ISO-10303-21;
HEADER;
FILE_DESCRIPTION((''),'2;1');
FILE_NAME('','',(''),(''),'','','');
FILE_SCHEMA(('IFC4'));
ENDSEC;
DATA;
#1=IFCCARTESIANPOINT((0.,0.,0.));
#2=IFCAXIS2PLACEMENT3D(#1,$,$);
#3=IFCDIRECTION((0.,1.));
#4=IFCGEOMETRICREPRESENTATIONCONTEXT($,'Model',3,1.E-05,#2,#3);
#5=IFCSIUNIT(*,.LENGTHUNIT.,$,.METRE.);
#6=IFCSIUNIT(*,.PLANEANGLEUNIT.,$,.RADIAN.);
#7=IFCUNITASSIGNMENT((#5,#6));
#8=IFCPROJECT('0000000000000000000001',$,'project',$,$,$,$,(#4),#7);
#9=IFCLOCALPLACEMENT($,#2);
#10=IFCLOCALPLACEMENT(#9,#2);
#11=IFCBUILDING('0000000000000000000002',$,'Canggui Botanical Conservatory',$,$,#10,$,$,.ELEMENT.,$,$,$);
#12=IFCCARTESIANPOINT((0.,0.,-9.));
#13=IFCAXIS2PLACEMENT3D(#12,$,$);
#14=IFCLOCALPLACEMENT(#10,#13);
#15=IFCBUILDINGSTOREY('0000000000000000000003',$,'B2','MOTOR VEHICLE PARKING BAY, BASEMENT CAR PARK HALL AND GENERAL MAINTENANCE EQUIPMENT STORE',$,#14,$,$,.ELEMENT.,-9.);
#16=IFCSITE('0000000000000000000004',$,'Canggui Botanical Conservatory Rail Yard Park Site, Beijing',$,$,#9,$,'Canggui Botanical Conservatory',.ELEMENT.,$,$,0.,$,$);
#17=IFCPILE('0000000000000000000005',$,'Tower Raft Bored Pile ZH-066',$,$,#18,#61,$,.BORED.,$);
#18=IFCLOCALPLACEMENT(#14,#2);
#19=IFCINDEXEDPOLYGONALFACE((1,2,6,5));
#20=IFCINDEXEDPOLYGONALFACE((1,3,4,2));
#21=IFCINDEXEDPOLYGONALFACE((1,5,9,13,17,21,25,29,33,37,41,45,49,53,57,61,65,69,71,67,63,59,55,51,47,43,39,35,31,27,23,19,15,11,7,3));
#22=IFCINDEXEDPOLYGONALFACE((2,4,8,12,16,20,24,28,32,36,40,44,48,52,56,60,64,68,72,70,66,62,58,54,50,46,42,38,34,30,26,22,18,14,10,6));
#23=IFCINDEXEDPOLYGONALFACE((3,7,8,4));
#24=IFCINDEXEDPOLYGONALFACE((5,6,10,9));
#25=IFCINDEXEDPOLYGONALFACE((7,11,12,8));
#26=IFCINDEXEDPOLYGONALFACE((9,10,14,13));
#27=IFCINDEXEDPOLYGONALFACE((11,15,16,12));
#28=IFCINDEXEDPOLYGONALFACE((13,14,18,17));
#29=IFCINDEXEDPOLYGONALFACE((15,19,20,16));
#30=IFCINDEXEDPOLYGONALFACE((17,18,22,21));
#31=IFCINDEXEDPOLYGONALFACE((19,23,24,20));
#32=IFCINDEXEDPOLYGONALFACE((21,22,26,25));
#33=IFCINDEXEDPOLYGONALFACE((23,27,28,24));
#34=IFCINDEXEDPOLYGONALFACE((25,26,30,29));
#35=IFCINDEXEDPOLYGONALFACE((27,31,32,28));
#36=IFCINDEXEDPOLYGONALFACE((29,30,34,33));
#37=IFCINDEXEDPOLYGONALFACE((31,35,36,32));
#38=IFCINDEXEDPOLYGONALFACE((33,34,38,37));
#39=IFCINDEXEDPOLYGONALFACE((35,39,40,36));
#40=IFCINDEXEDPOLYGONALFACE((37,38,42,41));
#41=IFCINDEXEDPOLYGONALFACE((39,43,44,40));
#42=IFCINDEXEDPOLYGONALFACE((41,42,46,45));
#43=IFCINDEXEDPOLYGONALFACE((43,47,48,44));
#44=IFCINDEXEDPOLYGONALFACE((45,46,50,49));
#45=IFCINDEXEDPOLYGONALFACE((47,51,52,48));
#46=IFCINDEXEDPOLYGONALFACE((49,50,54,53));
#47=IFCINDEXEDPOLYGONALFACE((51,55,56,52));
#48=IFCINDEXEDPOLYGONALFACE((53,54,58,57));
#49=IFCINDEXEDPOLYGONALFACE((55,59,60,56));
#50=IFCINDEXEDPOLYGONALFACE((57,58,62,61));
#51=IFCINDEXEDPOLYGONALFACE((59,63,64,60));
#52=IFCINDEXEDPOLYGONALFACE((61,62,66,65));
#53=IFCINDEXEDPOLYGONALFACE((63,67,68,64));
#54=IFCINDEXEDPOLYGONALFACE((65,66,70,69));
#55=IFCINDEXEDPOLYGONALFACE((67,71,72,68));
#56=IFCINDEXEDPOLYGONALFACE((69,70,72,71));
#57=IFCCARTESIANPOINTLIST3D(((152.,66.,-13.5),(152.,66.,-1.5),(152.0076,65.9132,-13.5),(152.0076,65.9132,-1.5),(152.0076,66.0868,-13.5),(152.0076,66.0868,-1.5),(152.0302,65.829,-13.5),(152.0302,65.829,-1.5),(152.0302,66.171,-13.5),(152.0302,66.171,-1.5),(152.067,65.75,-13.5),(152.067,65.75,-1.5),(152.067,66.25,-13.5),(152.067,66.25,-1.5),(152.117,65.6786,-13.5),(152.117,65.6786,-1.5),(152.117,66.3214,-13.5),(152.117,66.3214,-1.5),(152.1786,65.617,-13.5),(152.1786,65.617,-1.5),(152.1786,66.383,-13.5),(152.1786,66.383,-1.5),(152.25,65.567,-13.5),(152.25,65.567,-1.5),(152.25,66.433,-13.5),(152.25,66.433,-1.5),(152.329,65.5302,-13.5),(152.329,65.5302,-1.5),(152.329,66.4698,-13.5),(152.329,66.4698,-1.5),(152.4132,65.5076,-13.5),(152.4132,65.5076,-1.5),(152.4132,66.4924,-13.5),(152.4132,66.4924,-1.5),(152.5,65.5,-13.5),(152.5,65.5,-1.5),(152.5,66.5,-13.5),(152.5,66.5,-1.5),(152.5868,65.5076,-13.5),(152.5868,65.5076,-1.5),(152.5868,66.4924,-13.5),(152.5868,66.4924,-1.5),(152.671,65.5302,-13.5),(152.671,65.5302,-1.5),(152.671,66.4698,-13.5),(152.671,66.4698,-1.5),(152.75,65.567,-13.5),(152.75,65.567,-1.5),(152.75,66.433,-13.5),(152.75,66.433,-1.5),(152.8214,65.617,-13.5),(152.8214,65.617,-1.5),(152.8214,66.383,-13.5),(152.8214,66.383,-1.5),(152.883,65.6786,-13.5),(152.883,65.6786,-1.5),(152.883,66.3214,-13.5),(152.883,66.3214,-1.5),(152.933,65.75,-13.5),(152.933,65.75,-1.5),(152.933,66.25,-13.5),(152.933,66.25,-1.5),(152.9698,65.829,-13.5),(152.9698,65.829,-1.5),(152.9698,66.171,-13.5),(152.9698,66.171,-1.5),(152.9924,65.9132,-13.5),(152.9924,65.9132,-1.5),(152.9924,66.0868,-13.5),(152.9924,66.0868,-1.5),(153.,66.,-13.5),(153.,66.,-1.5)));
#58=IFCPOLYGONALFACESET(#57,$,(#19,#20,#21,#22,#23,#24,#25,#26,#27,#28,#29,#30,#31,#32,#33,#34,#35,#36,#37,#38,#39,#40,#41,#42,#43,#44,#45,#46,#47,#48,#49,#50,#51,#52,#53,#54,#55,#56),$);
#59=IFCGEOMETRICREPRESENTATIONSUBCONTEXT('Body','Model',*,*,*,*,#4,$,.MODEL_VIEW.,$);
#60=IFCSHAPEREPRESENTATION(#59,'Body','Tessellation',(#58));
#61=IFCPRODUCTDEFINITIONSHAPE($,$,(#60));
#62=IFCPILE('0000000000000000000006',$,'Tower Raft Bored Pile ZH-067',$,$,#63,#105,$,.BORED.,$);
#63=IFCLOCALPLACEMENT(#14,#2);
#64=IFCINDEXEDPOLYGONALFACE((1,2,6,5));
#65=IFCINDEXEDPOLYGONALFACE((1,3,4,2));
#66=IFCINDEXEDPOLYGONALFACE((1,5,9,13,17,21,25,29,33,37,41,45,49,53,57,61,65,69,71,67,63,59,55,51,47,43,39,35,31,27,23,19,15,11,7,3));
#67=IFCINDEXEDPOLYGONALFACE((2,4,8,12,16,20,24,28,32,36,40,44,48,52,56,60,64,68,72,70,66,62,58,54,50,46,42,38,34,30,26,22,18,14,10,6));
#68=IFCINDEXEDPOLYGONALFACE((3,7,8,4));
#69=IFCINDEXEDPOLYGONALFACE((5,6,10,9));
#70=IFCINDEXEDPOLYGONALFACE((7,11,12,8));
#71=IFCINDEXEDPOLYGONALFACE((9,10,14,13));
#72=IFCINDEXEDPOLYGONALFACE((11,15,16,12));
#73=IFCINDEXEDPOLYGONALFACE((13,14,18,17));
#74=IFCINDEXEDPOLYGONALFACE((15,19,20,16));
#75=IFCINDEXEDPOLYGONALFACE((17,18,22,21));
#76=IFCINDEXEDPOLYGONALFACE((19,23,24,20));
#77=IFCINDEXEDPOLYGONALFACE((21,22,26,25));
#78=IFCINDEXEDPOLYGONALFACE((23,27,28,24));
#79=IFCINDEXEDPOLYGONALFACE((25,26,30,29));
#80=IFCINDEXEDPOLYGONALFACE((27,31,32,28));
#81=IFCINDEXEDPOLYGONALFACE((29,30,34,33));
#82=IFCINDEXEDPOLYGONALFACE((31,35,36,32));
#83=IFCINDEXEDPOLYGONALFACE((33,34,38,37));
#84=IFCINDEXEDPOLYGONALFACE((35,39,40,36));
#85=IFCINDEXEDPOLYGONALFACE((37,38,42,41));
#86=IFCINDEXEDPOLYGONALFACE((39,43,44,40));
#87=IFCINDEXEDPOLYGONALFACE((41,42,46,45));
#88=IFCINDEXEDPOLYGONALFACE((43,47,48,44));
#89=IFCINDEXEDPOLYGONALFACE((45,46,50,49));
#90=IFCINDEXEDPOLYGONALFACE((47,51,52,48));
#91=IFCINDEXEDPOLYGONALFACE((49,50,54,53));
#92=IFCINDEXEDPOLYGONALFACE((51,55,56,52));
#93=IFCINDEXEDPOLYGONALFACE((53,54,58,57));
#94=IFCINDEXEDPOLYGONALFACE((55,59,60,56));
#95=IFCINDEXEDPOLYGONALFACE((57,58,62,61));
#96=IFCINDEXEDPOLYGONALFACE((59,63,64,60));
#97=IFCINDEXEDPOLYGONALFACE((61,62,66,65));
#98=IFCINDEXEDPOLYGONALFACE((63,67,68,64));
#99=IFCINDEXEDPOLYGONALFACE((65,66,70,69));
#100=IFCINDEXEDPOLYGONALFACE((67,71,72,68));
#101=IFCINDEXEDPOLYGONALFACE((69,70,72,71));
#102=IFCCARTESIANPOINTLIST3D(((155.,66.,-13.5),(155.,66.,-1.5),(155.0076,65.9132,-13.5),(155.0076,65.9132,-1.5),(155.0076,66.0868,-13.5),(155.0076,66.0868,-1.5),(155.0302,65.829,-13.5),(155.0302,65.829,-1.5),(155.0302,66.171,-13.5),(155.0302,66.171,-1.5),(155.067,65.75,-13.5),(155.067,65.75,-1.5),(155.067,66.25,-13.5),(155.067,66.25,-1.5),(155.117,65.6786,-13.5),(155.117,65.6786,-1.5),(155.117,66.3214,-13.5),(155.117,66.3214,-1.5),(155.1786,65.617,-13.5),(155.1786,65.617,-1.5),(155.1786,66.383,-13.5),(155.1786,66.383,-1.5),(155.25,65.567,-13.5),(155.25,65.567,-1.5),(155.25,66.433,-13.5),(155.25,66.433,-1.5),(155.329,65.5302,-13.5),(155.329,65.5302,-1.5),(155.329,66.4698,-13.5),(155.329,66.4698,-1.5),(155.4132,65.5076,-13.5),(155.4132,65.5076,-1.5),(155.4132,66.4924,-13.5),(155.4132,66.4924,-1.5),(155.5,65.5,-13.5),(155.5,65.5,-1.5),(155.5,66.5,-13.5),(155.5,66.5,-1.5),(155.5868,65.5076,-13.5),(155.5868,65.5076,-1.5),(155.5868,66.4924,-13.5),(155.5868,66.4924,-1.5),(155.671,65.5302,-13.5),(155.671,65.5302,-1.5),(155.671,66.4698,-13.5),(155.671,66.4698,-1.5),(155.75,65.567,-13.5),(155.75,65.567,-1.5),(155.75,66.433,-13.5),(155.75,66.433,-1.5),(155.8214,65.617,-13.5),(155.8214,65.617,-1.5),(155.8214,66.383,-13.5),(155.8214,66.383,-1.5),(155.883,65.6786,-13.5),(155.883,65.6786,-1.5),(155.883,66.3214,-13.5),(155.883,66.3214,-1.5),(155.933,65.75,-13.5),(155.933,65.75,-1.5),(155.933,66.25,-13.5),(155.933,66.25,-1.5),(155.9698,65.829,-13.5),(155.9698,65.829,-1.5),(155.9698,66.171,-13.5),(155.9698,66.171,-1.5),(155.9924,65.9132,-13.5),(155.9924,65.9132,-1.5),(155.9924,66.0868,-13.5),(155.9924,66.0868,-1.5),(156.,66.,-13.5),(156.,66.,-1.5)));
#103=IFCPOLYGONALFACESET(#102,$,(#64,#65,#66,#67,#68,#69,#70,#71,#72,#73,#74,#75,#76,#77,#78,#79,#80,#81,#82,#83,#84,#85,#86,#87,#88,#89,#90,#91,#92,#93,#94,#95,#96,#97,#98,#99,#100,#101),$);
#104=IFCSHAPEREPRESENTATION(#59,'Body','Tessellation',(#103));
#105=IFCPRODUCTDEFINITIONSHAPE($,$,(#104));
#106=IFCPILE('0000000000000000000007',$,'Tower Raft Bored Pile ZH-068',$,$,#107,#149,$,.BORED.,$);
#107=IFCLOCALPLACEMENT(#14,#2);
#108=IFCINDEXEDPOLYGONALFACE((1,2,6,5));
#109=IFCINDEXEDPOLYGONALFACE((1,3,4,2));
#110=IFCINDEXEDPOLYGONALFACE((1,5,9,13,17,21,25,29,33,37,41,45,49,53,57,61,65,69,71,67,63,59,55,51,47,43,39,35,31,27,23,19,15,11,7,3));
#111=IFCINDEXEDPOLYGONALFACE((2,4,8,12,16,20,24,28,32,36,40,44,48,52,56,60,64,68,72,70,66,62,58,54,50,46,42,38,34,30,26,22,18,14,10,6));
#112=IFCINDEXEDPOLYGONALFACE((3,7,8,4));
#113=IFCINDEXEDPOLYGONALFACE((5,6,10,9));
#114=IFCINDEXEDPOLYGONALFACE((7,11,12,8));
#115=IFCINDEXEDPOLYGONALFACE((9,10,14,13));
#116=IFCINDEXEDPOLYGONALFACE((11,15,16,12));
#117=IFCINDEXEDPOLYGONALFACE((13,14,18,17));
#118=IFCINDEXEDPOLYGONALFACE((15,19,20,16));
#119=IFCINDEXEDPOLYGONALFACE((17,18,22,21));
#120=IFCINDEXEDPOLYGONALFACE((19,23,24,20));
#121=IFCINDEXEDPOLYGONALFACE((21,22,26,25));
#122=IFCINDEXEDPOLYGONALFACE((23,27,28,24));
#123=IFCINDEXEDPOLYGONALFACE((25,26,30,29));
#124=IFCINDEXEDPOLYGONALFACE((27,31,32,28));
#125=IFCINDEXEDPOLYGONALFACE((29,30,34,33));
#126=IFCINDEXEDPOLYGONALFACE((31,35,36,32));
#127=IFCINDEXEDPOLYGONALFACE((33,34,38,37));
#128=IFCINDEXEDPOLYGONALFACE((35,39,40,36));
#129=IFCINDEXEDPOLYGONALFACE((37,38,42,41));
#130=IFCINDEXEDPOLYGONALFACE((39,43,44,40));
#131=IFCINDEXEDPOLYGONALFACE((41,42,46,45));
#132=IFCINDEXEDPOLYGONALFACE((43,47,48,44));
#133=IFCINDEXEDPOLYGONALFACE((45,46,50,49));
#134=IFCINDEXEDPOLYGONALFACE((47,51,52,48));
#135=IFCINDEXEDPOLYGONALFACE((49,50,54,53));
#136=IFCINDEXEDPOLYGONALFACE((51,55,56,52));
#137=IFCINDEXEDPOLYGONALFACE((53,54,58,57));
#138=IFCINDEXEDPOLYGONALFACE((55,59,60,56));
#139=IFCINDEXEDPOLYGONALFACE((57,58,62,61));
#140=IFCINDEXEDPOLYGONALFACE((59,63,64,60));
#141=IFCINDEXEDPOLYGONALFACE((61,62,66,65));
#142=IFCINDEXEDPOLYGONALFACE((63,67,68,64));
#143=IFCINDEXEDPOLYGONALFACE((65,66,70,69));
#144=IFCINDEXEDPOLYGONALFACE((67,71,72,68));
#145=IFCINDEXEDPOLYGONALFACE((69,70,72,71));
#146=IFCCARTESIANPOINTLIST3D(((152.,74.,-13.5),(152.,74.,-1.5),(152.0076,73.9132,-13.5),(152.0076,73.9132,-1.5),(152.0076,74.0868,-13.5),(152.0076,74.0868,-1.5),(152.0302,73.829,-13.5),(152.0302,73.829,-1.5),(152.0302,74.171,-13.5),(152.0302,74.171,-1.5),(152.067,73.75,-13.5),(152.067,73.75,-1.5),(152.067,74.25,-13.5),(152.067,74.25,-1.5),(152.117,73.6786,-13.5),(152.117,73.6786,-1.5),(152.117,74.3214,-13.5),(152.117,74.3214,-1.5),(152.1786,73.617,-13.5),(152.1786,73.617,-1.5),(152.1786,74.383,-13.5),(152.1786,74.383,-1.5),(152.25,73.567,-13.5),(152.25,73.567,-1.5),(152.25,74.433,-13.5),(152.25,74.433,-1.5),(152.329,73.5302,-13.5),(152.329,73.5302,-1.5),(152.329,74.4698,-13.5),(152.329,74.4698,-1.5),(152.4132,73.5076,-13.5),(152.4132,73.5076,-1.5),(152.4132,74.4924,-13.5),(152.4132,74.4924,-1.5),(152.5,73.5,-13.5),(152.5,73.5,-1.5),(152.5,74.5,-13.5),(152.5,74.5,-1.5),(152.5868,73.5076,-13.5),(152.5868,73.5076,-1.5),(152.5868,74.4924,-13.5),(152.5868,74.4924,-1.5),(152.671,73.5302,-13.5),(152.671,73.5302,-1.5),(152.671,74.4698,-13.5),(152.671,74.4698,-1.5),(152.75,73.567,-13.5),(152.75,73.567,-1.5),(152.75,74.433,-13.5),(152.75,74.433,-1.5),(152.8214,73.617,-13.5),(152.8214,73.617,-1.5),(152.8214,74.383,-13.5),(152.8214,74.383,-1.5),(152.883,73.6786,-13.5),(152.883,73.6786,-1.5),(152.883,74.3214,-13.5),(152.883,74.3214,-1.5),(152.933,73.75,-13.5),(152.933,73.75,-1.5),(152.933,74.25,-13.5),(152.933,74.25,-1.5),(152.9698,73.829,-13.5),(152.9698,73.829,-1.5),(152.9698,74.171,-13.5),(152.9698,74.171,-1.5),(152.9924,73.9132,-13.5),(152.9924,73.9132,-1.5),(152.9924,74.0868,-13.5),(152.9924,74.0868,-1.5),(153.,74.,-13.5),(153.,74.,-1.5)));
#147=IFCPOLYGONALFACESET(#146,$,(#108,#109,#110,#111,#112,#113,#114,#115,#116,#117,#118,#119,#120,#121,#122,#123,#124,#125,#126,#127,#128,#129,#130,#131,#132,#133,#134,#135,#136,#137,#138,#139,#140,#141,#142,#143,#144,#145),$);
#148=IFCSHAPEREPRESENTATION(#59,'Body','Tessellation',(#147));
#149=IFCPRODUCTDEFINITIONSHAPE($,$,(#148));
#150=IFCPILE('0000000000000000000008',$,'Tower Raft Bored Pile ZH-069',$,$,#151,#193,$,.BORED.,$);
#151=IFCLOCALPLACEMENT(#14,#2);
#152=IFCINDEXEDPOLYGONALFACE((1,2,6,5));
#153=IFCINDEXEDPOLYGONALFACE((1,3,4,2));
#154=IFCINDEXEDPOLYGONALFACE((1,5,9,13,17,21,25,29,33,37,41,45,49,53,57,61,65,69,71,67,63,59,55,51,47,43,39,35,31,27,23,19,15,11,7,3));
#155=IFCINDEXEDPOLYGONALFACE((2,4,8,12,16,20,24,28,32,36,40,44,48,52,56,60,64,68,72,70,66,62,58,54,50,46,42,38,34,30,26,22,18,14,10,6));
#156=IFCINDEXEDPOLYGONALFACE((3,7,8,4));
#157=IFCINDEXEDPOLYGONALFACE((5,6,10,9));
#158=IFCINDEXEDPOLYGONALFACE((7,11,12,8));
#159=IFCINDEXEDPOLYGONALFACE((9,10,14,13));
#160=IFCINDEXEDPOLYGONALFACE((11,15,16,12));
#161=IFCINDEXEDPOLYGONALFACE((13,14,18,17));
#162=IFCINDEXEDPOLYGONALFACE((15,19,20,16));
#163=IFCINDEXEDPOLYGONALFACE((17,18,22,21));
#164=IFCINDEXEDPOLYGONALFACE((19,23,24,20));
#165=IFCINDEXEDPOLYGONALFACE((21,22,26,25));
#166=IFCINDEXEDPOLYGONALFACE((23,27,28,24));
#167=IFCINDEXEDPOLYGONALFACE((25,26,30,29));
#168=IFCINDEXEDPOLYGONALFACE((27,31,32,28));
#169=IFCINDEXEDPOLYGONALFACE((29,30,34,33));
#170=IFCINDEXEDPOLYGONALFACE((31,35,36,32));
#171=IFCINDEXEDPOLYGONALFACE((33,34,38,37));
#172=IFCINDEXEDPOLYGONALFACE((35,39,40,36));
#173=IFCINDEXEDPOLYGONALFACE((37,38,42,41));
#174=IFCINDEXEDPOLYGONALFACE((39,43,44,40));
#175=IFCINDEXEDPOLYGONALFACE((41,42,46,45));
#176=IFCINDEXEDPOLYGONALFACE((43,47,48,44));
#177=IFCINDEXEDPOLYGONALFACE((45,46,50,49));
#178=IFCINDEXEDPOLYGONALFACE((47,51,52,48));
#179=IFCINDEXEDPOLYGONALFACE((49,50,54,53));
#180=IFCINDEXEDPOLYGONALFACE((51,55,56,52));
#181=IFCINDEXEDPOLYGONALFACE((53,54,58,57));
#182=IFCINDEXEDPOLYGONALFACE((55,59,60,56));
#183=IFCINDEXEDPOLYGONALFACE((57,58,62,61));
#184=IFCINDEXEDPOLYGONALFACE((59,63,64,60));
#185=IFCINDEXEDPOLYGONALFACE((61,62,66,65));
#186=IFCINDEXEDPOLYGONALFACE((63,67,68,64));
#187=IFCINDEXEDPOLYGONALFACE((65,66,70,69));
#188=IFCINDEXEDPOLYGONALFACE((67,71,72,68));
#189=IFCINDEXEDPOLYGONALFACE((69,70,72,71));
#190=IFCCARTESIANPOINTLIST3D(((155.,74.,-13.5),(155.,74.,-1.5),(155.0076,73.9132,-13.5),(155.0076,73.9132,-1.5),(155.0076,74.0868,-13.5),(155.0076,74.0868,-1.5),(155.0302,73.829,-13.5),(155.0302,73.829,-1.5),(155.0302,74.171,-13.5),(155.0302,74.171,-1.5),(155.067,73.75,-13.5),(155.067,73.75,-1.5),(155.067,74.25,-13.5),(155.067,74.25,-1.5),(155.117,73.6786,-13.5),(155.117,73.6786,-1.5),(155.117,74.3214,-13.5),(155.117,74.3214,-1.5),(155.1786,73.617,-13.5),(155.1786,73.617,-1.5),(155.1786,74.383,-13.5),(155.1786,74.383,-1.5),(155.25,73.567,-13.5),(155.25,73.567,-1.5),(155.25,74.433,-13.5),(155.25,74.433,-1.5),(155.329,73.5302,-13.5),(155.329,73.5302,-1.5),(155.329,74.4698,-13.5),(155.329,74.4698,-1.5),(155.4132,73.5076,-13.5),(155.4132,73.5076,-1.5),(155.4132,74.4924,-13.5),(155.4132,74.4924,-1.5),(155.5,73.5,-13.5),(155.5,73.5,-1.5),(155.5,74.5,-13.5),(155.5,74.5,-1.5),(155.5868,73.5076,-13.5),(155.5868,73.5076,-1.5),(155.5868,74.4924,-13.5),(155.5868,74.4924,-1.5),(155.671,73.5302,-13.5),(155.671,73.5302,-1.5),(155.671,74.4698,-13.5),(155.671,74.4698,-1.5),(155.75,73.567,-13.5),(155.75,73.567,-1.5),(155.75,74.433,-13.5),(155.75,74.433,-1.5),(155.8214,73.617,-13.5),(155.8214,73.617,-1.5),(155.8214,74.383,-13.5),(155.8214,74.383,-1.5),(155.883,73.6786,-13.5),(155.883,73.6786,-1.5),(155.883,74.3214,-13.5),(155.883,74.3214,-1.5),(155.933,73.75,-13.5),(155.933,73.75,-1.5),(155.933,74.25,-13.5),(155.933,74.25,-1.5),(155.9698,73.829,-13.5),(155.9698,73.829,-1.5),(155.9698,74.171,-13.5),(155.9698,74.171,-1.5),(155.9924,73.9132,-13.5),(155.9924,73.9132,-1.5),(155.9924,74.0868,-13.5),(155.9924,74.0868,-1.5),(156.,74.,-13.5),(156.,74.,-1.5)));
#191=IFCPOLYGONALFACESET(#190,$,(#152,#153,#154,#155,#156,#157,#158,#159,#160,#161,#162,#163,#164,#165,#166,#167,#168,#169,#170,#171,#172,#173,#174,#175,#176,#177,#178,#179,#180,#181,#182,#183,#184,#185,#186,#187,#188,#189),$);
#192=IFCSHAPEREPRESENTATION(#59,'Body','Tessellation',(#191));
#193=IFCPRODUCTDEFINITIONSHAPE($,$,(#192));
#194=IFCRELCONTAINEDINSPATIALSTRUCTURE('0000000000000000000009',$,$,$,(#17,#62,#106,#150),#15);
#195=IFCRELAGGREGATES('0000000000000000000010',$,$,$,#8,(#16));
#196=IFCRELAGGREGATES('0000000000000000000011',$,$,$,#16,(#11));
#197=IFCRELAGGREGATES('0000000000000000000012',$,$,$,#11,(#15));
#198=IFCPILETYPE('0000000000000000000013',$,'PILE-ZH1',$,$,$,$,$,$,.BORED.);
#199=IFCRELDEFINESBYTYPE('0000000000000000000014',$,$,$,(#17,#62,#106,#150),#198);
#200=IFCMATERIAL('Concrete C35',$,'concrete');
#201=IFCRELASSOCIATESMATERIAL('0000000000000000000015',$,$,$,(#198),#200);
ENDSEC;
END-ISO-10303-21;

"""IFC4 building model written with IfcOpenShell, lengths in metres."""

from ifc_helpers import new_model, si_unit, direction, frame, origin, origin_2d, place, context, subcontext, project, spatial, circle, extrude, material, material_profile, profile_set, type_object, element, save


model = new_model("IFC4")

# Units and contexts
model_context = context("Model", 3, precision=1e-05, world=origin(), true_north=direction((0.0, 1.0)))
body_context = subcontext(model_context, "Body", "Model", "MODEL_VIEW")
ifc_project = project(units=[si_unit("LENGTHUNIT", "METRE"), si_unit("PLANEANGLEUNIT", "RADIAN")], contexts=[model_context])

# Site, building, storey
site_placement = place(None, origin())
site = spatial("IfcSite", under=ifc_project, at=site_placement, Name="Canggui Botanical Conservatory Rail Yard Park Site, Beijing", LongName="Canggui Botanical Conservatory", CompositionType="ELEMENT", RefElevation=0.0)
building_placement = place(site_placement, origin())
building = spatial("IfcBuilding", under=site, at=building_placement, Name="Canggui Botanical Conservatory", CompositionType="ELEMENT")
storey_placement = place(building_placement, frame((0.0, 0.0, -9.0)))
storey = spatial("IfcBuildingStorey", under=building, at=storey_placement, Name="B2", Description="MOTOR VEHICLE PARKING BAY, BASEMENT CAR PARK HALL AND GENERAL MAINTENANCE EQUIPMENT STORE", CompositionType="ELEMENT", Elevation=-9.0)

# Piles
ifc_material_1 = material(Name="Concrete C35", Category="concrete")
ifc_material_profile_1 = material_profile(ifc_material_1, circle(Radius=0.5, at=origin_2d()), Name="PILE D1000")
ifc_profile_set_1 = profile_set([ifc_material_profile_1], Name="Concrete C35")
pile_type = type_object("IfcPileType", Name="PILE-ZH1", PredefinedType="BORED", material=ifc_profile_set_1)
for number, where, z_axis, x_axis, name in (
    (1, (152.5, 66.0, -1.5), (0.0, 0.0, -1.0), (1.0, 0.0, 0.0), "Tower Raft Bored Pile ZH-066"),
    (2, (155.5, 66.0, -1.5), (0.0, 0.0, -1.0), (1.0, 0.0, 0.0), "Tower Raft Bored Pile ZH-067"),
    (3, (152.5, 74.0, -1.5), (0.0, 0.0, -1.0), (1.0, 0.0, 0.0), "Tower Raft Bored Pile ZH-068"),
    (4, (155.5, 74.0, -1.5), (0.0, 0.0, -1.0), (1.0, 0.0, 0.0), "Tower Raft Bored Pile ZH-069"),
):
    element("IfcPile", number, at=place(storey_placement, frame(where, z_axis=z_axis, x_axis=x_axis)), inside=storey, type_object=pile_type, Name=name, PredefinedType="BORED", context=body_context, shape_type="SweptSolid", body=[
        extrude(circle(Radius=0.5, at=origin_2d()), origin(), (0.0, 0.0, 1.0), 12.0),
    ])

save(model, "model.ifc")
